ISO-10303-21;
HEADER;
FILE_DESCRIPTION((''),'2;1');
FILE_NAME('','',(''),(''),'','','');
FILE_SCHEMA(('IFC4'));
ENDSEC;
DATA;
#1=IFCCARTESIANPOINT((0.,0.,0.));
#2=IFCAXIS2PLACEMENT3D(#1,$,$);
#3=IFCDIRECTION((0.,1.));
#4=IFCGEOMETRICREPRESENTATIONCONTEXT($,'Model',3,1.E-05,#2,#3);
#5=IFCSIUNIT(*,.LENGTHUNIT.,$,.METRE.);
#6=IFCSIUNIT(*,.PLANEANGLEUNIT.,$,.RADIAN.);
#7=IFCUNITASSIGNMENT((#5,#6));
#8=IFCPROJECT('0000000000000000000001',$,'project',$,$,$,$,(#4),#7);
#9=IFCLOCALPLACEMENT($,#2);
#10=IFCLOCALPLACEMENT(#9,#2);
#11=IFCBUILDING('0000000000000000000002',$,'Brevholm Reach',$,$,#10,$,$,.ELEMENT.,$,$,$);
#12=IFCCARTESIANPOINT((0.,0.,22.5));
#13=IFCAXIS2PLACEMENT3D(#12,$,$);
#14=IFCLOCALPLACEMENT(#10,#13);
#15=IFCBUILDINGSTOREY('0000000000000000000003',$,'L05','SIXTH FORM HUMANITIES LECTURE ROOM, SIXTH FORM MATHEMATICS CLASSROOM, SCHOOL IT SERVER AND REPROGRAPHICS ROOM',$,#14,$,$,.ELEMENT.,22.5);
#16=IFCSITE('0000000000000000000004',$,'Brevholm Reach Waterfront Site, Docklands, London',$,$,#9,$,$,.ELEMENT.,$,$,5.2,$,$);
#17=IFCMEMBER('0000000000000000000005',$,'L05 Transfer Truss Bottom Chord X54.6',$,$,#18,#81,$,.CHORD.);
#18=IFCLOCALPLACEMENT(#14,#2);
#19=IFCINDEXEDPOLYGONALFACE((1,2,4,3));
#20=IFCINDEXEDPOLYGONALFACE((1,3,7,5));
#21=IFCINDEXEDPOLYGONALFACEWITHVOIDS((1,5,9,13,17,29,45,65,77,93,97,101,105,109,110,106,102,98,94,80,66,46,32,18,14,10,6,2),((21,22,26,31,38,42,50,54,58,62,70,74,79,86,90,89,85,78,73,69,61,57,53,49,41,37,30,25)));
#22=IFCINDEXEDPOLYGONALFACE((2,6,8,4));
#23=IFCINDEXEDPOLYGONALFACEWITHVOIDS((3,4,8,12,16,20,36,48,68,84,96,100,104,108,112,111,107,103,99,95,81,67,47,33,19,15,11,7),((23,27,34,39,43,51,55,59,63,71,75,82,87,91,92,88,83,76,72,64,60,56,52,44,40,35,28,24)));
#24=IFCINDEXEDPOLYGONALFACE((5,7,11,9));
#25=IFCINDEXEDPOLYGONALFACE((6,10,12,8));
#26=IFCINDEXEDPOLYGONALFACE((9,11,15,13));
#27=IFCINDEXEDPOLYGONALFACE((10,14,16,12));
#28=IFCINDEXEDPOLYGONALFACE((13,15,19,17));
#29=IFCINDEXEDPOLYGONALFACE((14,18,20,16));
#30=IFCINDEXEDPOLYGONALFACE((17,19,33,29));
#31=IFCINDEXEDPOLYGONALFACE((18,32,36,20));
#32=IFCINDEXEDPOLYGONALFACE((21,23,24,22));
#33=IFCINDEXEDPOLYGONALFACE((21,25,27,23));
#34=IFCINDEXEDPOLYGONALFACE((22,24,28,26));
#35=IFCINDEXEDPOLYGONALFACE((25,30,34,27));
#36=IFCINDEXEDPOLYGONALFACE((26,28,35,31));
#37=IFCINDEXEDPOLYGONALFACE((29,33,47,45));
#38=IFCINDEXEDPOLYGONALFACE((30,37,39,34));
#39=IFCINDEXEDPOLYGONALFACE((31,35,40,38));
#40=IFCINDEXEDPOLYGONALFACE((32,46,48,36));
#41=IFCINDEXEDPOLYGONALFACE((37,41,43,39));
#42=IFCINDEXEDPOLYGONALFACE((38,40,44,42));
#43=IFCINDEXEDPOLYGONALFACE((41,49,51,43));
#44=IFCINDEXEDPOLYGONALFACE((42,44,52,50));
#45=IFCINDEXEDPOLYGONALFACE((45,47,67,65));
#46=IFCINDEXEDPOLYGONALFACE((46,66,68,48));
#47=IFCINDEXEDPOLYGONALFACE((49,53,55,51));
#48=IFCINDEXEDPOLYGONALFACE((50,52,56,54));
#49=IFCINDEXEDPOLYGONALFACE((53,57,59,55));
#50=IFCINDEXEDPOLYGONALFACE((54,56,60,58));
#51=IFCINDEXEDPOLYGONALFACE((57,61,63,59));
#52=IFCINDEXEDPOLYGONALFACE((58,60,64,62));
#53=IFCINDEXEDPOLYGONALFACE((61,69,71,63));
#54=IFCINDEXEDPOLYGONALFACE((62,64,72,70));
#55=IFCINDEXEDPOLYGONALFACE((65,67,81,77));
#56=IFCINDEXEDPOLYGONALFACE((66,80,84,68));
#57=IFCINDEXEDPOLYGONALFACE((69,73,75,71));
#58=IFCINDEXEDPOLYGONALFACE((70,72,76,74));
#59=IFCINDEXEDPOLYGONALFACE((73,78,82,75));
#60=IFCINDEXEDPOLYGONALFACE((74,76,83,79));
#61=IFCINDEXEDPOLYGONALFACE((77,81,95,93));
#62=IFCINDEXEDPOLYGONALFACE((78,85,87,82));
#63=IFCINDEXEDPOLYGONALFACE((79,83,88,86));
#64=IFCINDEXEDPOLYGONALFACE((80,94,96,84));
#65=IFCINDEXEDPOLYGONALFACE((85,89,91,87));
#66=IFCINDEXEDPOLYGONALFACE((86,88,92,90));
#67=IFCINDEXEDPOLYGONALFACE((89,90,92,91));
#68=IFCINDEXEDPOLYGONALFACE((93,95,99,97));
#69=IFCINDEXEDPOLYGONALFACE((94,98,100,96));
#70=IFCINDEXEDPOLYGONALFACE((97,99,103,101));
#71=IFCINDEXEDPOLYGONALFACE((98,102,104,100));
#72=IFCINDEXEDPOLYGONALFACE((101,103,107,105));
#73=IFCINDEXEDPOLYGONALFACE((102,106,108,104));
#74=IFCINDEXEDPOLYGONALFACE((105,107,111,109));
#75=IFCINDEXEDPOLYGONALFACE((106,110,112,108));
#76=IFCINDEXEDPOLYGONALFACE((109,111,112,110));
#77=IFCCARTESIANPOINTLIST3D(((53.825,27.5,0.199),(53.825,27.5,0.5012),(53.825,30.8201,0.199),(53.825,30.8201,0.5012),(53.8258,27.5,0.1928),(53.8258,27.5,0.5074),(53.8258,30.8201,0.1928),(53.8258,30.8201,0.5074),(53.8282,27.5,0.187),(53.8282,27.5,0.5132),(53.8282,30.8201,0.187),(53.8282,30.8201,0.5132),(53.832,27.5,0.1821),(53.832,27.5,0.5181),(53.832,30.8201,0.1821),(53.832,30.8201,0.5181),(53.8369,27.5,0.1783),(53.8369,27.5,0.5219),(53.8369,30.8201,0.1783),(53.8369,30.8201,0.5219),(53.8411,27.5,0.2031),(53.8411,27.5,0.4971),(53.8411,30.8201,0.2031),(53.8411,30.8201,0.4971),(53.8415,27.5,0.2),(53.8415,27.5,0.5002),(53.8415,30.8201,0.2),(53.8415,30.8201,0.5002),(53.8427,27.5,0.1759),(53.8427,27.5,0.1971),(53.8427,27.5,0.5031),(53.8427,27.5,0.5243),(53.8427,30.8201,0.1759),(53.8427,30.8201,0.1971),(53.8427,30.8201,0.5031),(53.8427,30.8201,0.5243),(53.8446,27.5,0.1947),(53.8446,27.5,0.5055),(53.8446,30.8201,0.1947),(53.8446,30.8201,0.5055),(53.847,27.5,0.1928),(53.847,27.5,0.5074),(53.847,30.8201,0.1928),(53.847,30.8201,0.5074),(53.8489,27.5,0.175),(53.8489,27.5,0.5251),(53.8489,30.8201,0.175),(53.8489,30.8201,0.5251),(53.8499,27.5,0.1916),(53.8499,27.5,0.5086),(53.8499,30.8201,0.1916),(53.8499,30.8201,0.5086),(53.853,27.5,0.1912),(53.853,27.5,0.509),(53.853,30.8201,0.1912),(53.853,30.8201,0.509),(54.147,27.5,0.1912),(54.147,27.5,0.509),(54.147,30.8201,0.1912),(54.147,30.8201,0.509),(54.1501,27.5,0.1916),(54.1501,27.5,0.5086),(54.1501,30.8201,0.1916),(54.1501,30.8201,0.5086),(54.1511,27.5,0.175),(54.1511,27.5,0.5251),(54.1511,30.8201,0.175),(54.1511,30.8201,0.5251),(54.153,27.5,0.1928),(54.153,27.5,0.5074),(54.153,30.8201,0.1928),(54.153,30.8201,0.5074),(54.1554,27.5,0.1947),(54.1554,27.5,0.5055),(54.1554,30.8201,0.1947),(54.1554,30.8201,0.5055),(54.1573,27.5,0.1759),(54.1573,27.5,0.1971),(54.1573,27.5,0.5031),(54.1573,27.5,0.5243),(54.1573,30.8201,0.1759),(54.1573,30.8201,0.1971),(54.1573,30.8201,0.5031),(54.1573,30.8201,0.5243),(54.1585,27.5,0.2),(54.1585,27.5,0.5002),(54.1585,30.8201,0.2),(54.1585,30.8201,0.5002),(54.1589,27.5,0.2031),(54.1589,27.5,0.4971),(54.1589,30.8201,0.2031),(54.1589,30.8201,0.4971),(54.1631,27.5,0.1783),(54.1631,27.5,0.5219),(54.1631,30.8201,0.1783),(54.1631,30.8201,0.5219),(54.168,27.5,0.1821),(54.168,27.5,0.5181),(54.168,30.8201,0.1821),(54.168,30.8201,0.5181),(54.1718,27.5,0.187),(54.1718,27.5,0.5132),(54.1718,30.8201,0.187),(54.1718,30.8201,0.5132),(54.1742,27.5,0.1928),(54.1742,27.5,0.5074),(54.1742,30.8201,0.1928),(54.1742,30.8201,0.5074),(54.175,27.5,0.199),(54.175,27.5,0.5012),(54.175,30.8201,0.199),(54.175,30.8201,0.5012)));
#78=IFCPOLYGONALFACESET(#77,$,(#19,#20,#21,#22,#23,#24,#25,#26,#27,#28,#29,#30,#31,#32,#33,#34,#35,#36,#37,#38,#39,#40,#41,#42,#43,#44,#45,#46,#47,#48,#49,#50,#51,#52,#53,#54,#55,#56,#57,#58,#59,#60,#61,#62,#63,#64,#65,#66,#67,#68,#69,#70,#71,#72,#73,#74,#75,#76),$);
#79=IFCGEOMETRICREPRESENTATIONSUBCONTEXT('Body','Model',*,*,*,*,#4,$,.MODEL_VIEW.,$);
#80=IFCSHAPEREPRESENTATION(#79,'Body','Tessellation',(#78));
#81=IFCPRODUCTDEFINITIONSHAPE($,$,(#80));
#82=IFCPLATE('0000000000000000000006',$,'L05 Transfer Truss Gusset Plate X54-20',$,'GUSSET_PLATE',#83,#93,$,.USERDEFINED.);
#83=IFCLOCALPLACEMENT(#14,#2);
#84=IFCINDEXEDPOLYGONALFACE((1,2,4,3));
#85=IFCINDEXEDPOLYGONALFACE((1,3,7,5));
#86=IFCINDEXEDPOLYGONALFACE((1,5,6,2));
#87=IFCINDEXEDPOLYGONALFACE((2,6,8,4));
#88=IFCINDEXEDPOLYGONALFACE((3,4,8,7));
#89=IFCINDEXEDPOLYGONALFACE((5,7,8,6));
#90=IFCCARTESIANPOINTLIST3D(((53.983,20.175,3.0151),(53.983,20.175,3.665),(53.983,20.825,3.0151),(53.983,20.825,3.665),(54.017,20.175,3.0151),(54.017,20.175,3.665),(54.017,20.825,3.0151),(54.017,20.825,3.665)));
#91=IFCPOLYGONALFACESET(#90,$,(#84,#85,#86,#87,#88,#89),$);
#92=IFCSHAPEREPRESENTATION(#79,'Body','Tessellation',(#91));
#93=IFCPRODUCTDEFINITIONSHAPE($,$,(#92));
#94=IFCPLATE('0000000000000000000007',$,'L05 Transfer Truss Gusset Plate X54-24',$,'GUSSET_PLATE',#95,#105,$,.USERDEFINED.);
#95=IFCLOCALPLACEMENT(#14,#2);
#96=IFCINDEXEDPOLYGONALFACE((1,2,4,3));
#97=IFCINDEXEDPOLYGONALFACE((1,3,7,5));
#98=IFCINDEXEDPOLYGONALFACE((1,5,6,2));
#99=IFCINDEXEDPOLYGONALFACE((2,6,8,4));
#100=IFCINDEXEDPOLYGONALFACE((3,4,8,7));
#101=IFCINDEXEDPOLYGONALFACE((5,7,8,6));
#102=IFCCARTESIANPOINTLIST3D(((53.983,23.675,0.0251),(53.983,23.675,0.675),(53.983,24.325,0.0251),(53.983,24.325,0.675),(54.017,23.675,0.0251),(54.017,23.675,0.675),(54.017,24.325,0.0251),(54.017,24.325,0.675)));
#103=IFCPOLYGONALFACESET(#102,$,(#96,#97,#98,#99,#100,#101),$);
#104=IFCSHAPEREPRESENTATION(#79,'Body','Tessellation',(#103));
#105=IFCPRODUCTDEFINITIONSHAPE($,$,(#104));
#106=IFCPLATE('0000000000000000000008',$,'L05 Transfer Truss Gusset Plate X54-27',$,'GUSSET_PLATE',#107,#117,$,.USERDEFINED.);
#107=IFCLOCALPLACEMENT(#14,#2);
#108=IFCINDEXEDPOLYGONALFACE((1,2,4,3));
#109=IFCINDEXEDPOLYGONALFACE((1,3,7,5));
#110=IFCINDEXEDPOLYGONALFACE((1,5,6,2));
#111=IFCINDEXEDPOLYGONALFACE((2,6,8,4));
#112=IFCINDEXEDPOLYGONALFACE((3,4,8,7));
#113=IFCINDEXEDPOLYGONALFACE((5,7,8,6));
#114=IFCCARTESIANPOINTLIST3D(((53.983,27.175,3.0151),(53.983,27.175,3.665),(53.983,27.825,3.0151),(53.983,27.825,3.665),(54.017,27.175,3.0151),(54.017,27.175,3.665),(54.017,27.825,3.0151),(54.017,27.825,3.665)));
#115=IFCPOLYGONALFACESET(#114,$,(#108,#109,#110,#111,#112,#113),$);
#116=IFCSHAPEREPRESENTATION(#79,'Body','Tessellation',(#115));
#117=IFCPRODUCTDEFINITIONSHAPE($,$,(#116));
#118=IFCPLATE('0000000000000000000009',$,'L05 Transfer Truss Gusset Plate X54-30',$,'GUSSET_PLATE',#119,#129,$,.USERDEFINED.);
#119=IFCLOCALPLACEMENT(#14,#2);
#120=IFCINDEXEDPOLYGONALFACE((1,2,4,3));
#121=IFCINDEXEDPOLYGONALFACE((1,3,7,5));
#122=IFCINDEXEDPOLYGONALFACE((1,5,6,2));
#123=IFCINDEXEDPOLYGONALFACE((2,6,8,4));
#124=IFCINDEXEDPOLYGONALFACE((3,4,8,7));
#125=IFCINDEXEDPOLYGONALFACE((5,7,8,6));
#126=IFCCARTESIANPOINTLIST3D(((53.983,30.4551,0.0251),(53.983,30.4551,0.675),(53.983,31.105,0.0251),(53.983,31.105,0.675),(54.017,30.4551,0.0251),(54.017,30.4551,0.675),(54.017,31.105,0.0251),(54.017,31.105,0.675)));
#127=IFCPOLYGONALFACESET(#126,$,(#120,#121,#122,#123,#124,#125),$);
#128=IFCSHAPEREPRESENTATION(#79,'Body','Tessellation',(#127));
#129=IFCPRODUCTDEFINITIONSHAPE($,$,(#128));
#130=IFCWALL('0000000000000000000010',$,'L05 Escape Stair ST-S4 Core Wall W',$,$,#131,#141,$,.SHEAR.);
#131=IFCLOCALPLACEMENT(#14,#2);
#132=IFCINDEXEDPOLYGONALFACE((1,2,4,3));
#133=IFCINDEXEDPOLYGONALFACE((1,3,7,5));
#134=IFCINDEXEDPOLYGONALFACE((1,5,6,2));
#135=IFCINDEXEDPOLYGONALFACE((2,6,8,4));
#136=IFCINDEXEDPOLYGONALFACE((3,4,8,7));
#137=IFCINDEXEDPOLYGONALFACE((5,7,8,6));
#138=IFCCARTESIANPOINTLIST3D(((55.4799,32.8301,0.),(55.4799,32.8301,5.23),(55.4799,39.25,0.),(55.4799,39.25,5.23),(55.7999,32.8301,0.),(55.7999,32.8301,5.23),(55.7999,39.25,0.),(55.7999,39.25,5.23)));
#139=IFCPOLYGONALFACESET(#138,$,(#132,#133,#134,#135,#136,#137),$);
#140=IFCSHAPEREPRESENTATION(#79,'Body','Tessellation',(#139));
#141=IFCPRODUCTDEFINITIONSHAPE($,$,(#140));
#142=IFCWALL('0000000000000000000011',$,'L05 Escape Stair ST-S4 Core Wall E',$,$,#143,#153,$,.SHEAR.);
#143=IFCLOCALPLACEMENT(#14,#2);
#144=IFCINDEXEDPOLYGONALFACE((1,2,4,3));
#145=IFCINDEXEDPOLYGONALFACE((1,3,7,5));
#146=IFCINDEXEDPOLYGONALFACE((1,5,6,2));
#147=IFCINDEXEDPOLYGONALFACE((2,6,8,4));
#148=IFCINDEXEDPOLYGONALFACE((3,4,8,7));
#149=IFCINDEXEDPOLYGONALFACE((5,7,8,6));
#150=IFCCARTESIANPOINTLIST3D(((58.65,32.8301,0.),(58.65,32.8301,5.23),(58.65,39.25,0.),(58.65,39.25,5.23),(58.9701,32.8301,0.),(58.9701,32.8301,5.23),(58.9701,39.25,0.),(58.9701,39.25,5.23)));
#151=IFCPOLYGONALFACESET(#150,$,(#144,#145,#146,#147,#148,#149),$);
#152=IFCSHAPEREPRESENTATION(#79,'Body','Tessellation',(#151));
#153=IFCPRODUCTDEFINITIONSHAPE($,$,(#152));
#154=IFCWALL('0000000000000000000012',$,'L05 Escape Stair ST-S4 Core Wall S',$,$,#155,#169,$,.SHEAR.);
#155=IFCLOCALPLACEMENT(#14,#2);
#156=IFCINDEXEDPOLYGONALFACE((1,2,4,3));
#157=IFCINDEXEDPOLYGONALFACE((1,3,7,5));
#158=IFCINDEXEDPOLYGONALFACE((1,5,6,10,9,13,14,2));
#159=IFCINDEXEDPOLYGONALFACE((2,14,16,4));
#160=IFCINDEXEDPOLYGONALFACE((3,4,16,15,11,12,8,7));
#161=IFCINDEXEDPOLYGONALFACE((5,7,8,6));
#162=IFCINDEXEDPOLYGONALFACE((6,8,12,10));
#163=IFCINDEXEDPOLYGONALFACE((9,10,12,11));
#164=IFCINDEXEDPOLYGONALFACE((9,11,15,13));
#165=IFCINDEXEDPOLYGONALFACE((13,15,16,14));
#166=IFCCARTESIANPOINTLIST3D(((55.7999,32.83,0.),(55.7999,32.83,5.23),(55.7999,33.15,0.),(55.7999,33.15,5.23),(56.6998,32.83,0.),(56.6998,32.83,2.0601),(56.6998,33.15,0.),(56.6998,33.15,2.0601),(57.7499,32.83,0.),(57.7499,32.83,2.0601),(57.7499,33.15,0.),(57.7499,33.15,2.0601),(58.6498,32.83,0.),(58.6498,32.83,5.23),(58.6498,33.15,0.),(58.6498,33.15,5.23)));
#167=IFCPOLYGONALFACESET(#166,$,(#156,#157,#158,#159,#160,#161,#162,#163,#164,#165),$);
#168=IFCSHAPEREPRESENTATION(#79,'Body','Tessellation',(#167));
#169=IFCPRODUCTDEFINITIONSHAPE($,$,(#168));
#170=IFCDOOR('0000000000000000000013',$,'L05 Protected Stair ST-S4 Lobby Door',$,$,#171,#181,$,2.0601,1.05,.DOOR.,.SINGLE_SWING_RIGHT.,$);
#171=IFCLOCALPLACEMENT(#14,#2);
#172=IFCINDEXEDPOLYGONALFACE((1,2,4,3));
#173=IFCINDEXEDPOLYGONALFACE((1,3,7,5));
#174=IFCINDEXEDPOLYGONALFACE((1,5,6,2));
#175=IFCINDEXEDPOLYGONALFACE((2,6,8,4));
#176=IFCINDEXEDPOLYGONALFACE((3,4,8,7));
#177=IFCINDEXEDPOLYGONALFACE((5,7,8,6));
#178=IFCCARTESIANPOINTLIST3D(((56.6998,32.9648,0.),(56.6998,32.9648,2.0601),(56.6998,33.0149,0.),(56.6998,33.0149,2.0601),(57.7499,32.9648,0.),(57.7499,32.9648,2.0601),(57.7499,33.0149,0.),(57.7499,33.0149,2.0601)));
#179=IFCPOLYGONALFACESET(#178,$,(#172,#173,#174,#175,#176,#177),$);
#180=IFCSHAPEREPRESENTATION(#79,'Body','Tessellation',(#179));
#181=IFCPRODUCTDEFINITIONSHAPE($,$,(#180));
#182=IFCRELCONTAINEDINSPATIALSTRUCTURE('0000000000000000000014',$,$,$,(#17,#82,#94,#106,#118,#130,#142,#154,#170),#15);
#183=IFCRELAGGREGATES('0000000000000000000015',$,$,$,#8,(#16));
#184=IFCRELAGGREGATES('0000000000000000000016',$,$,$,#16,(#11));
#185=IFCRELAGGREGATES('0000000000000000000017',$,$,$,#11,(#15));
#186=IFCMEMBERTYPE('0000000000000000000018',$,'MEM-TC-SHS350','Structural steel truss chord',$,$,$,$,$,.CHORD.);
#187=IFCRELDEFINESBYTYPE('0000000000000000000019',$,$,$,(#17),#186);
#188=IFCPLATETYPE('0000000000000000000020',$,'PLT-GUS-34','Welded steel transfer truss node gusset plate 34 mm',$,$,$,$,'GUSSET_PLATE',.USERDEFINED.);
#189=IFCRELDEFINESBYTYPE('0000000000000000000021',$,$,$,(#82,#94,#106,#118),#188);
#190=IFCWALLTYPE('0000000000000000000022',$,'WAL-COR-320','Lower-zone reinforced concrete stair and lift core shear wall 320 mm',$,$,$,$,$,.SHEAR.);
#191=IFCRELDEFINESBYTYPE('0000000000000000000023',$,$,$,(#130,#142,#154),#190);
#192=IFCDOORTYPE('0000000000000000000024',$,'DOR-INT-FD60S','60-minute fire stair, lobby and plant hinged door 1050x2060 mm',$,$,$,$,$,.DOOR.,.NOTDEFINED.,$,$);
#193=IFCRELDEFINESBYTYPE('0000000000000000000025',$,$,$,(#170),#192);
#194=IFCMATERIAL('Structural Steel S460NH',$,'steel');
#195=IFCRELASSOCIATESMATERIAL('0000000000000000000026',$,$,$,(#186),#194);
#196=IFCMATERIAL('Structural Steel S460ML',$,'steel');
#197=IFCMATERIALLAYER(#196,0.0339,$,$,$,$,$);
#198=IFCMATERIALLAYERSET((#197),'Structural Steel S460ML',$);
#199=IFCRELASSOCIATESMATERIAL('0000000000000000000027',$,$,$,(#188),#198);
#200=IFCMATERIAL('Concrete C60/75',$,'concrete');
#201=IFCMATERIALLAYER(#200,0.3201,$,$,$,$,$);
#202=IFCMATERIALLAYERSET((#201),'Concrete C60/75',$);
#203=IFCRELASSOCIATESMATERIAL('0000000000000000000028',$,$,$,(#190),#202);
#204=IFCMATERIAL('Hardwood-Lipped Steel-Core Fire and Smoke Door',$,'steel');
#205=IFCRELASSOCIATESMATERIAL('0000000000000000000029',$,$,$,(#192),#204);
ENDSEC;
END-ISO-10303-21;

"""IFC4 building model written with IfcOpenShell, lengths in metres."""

from ifc_helpers import new_model, si_unit, direction, frame, frame_2d, origin, origin_2d, place, context, subcontext, project, spatial, rectangle, hollow_rectangle, extrude, material, layer, layer_set, material_profile, profile_set, type_object, element, fill, save


model = new_model("IFC4")

# Units and contexts
model_context = context("Model", 3, precision=1e-05, world=origin(), true_north=direction((0.0, 1.0)))
body_context = subcontext(model_context, "Body", "Model", "MODEL_VIEW")
ifc_project = project(units=[si_unit("LENGTHUNIT", "METRE"), si_unit("PLANEANGLEUNIT", "RADIAN")], contexts=[model_context])

# Site, building, storey
site_placement = place(None, origin())
site = spatial("IfcSite", under=ifc_project, at=site_placement, Name="Brevholm Reach Waterfront Site, Docklands, London", CompositionType="ELEMENT", RefElevation=5.2)
building_placement = place(site_placement, origin())
building = spatial("IfcBuilding", under=site, at=building_placement, Name="Brevholm Reach", CompositionType="ELEMENT")
storey_placement = place(building_placement, frame((0.0, 0.0, 22.5)))
storey = spatial("IfcBuildingStorey", under=building, at=storey_placement, Name="L05", Description="SIXTH FORM HUMANITIES LECTURE ROOM, SIXTH FORM MATHEMATICS CLASSROOM, SCHOOL IT SERVER AND REPROGRAPHICS ROOM", CompositionType="ELEMENT", Elevation=22.5)

# Member
ifc_material_1 = material(Name="Structural Steel S460NH", Category="steel")
ifc_material_profile_1 = material_profile(ifc_material_1, hollow_rectangle(XDim=0.3501, YDim=0.3501, WallThickness=0.0161, InnerFilletRadius=0.012, OuterFilletRadius=0.0239, at=origin_2d()), Name="SHS 350x350x16")
ifc_profile_set_1 = profile_set([ifc_material_profile_1], Name="Structural Steel S460NH")
member_type_1 = type_object("IfcMemberType", Name="MEM-TC-SHS350", Description="Structural steel truss chord", PredefinedType="CHORD", material=ifc_profile_set_1)
member_1_placement = place(storey_placement, frame((54.0, 27.5, 0.3501), z_axis=(0.0, 1.0, 0.0), x_axis=(-1.0, 0.0, 0.0)))
element("IfcMember", 1, at=member_1_placement, inside=storey, type_object=member_type_1, Name="L05 Transfer Truss Bottom Chord X54.6", PredefinedType="CHORD", context=body_context, shape_type="SweptSolid", body=[
    extrude(hollow_rectangle(XDim=0.3501, YDim=0.3501, WallThickness=0.0161, InnerFilletRadius=0.012, OuterFilletRadius=0.0239, at=origin_2d()), origin(), (0.0, 0.0, 1.0), 3.3201),
])

# Plates
ifc_material_2 = material(Name="Structural Steel S460ML", Category="steel")
ifc_layer_1 = layer(ifc_material_2, 0.0339)
ifc_layer_set_1 = layer_set([ifc_layer_1], Name="Structural Steel S460ML")
plate_type = type_object("IfcPlateType", Name="PLT-GUS-34", Description="Welded steel transfer truss node gusset plate 34 mm", ElementType="GUSSET_PLATE", PredefinedType="USERDEFINED", material=ifc_layer_set_1)
for number, where, z_axis, x_axis, name in (
    (2, (54.0, 20.5, 3.0151), (0.0, 0.0, 1.0), (1.0, 0.0, 0.0), "L05 Transfer Truss Gusset Plate X54-20"),
    (3, (54.0, 24.0, 0.0251), (0.0, 0.0, 1.0), (1.0, 0.0, 0.0), "L05 Transfer Truss Gusset Plate X54-24"),
    (4, (54.0, 27.5, 3.0151), (0.0, 0.0, 1.0), (1.0, 0.0, 0.0), "L05 Transfer Truss Gusset Plate X54-27"),
    (5, (54.0, 30.78, 0.0251), (0.0, 0.0, 1.0), (1.0, 0.0, 0.0), "L05 Transfer Truss Gusset Plate X54-30"),
):
    element("IfcPlate", number, at=place(storey_placement, frame(where, z_axis=z_axis, x_axis=x_axis)), inside=storey, type_object=plate_type, Name=name, ObjectType="GUSSET_PLATE", PredefinedType="USERDEFINED", context=body_context, shape_type="SweptSolid", body=[
        extrude(rectangle(XDim=0.0339, YDim=0.6499, at=origin_2d()), origin(), (0.0, 0.0, 1.0), 0.6499),
    ])

# Walls
ifc_material_3 = material(Name="Concrete C60/75", Category="concrete")
ifc_layer_2 = layer(ifc_material_3, 0.3201)
ifc_layer_set_2 = layer_set([ifc_layer_2], Name="Concrete C60/75")
wall_type_1 = type_object("IfcWallType", Name="WAL-COR-320", Description="Lower-zone reinforced concrete stair and lift core shear wall 320 mm", PredefinedType="SHEAR", material=ifc_layer_set_2)
for number, where, z_axis, x_axis, name in (
    (6, (55.6399, 32.8301, 0.0), (0.0, 0.0, 1.0), (0.0, 1.0, 0.0), "L05 Escape Stair ST-S4 Core Wall W"),
    (7, (58.8101, 32.8301, 0.0), (0.0, 0.0, 1.0), (0.0, 1.0, 0.0), "L05 Escape Stair ST-S4 Core Wall E"),
):
    element("IfcWall", number, at=place(storey_placement, frame(where, z_axis=z_axis, x_axis=x_axis)), inside=storey, type_object=wall_type_1, Name=name, PredefinedType="SHEAR", context=body_context, shape_type="SweptSolid", body=[
        extrude(rectangle(XDim=6.4199, YDim=0.3201, at=frame_2d((3.21, 0.0))), origin(), (0.0, 0.0, 1.0), 5.23),
    ])

# Wall, opening, door
wall_1_placement = place(storey_placement, frame((55.8, 32.99, 0.0), z_axis=(0.0, 0.0, 1.0), x_axis=(1.0, 0.0, 0.0)))
wall_1 = element("IfcWall", 8, at=wall_1_placement, inside=storey, type_object=wall_type_1, Name="L05 Escape Stair ST-S4 Core Wall S", PredefinedType="SHEAR", context=body_context, shape_type="SweptSolid", body=[
    extrude(rectangle(XDim=2.8499, YDim=0.3201, at=frame_2d((1.4248, 0.0))), origin(), (0.0, 0.0, 1.0), 5.23),
])
opening_1_placement = place(wall_1_placement, frame((0.8999, 0.0, 0.0)))
opening_1 = element("IfcOpeningElement", 9, at=opening_1_placement, cuts=wall_1, PredefinedType="OPENING", context=body_context, shape_type="SweptSolid", body=[
    extrude(rectangle(XDim=1.05, YDim=2.0601, at=frame_2d((0.5249, 1.03))), frame((0.0, 0.1699, 0.0), z_axis=(0.0, -1.0, 0.0), x_axis=(1.0, 0.0, 0.0)), (0.0, 0.0, 1.0), 0.3401),
])
ifc_material_4 = material(Name="Hardwood-Lipped Steel-Core Fire and Smoke Door", Category="steel")
door_type_1 = type_object("IfcDoorType", Name="DOR-INT-FD60S", Description="60-minute fire stair, lobby and plant hinged door 1050x2060 mm", OperationType="NOTDEFINED", PredefinedType="DOOR", material=ifc_material_4)
door_1_placement = place(opening_1_placement, origin())
door_1 = element("IfcDoor", 10, at=door_1_placement, inside=storey, type_object=door_type_1, Name="L05 Protected Stair ST-S4 Lobby Door", OperationType="SINGLE_SWING_RIGHT", OverallHeight=2.0601, OverallWidth=1.05, PredefinedType="DOOR", context=body_context, shape_type="SweptSolid", body=[
    extrude(rectangle(XDim=1.05, YDim=2.0601, at=frame_2d((0.5249, 1.03))), frame((0.0, 0.0249, 0.0), z_axis=(0.0, -1.0, 0.0), x_axis=(1.0, 0.0, 0.0)), (0.0, 0.0, 1.0), 0.05),
])
fill(opening_1, door_1)

save(model, "model.ifc")
